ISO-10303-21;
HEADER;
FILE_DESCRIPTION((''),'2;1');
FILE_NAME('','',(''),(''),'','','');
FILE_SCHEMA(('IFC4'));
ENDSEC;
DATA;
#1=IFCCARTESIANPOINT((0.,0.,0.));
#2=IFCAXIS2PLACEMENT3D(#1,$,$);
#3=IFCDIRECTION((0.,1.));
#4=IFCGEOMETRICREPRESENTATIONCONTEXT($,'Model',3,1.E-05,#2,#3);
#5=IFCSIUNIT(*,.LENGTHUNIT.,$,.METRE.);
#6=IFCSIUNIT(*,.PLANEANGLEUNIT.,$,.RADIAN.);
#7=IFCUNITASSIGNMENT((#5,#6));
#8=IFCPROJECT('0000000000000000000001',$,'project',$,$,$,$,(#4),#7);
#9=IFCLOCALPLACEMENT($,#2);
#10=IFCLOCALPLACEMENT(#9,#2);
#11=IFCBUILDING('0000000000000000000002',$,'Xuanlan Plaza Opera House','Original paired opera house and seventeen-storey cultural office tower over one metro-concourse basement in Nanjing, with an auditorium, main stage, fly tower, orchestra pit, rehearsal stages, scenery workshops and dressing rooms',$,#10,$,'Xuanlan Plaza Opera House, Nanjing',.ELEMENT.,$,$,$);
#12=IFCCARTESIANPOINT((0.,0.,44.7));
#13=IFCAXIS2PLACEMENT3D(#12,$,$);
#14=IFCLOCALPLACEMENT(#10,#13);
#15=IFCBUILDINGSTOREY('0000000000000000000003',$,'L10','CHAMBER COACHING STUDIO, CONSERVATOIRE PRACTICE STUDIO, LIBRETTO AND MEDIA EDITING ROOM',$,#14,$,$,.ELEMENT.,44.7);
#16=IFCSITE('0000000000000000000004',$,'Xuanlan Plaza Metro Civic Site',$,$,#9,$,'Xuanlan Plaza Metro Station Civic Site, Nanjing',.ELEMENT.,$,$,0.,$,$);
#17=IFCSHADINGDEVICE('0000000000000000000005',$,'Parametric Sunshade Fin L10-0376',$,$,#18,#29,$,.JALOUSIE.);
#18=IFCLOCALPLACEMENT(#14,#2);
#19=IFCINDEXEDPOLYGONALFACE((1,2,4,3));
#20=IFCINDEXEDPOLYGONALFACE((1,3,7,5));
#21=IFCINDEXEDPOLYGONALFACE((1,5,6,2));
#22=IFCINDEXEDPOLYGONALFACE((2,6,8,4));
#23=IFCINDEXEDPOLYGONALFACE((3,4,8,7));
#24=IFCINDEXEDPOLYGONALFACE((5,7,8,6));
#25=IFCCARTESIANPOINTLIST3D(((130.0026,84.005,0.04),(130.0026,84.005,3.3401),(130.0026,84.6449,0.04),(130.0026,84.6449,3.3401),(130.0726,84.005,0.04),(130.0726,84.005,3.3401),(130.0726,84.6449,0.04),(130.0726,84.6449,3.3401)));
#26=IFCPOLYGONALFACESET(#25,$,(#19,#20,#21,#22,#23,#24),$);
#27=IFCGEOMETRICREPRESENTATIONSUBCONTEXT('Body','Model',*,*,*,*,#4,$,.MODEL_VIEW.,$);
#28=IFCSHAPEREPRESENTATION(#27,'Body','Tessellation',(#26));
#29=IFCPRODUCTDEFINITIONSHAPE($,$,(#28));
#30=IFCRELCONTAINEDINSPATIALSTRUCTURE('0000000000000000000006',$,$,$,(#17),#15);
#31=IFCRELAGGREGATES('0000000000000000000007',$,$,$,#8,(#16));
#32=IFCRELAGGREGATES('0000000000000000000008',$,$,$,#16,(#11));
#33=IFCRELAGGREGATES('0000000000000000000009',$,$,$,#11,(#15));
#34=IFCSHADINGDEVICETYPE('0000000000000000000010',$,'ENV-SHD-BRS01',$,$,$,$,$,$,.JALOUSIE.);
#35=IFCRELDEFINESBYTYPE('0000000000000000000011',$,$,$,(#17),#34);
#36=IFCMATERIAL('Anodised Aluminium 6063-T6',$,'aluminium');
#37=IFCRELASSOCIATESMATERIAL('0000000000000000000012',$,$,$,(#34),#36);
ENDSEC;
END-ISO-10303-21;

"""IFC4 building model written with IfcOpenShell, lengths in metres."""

from ifc_helpers import new_model, si_unit, direction, frame, origin, origin_2d, place, context, subcontext, project, spatial, rectangle, extrude, material, type_object, element, save


model = new_model("IFC4")

# Units and contexts
model_context = context("Model", 3, precision=1e-05, world=origin(), true_north=direction((0.0, 1.0)))
body_context = subcontext(model_context, "Body", "Model", "MODEL_VIEW")
ifc_project = project(units=[si_unit("LENGTHUNIT", "METRE"), si_unit("PLANEANGLEUNIT", "RADIAN")], contexts=[model_context])

# Site, building, storey
site_placement = place(None, origin())
site = spatial("IfcSite", under=ifc_project, at=site_placement, Name="Xuanlan Plaza Metro Civic Site", LongName="Xuanlan Plaza Metro Station Civic Site, Nanjing", CompositionType="ELEMENT", RefElevation=0.0)
building_placement = place(site_placement, origin())
building = spatial("IfcBuilding", under=site, at=building_placement, Name="Xuanlan Plaza Opera House", Description="Original paired opera house and seventeen-storey cultural office tower over one metro-concourse basement in Nanjing, with an auditorium, main stage, fly tower, orchestra pit, rehearsal stages, scenery workshops and dressing rooms", LongName="Xuanlan Plaza Opera House, Nanjing", CompositionType="ELEMENT")
storey_placement = place(building_placement, frame((0.0, 0.0, 44.7)))
storey = spatial("IfcBuildingStorey", under=building, at=storey_placement, Name="L10", Description="CHAMBER COACHING STUDIO, CONSERVATOIRE PRACTICE STUDIO, LIBRETTO AND MEDIA EDITING ROOM", CompositionType="ELEMENT", Elevation=44.7)

# Shared definitions
ifc_material_1 = material(Name="Anodised Aluminium 6063-T6", Category="aluminium")

# Shading device
shading_device_type = type_object("IfcShadingDeviceType", Name="ENV-SHD-BRS01", PredefinedType="JALOUSIE", material=ifc_material_1)
shading_device_placement = place(storey_placement, frame((130.0376, 84.325, 0.04), z_axis=(0.0, 0.0, 1.0), x_axis=(0.0, 1.0, 0.0)))
element("IfcShadingDevice", 1, at=shading_device_placement, inside=storey, type_object=shading_device_type, Name="Parametric Sunshade Fin L10-0376", PredefinedType="JALOUSIE", context=body_context, shape_type="SweptSolid", body=[
    extrude(rectangle(XDim=0.6399, YDim=0.0701, at=origin_2d()), origin(), (0.0, 0.0, 1.0), 3.3),
])

save(model, "model.ifc")
